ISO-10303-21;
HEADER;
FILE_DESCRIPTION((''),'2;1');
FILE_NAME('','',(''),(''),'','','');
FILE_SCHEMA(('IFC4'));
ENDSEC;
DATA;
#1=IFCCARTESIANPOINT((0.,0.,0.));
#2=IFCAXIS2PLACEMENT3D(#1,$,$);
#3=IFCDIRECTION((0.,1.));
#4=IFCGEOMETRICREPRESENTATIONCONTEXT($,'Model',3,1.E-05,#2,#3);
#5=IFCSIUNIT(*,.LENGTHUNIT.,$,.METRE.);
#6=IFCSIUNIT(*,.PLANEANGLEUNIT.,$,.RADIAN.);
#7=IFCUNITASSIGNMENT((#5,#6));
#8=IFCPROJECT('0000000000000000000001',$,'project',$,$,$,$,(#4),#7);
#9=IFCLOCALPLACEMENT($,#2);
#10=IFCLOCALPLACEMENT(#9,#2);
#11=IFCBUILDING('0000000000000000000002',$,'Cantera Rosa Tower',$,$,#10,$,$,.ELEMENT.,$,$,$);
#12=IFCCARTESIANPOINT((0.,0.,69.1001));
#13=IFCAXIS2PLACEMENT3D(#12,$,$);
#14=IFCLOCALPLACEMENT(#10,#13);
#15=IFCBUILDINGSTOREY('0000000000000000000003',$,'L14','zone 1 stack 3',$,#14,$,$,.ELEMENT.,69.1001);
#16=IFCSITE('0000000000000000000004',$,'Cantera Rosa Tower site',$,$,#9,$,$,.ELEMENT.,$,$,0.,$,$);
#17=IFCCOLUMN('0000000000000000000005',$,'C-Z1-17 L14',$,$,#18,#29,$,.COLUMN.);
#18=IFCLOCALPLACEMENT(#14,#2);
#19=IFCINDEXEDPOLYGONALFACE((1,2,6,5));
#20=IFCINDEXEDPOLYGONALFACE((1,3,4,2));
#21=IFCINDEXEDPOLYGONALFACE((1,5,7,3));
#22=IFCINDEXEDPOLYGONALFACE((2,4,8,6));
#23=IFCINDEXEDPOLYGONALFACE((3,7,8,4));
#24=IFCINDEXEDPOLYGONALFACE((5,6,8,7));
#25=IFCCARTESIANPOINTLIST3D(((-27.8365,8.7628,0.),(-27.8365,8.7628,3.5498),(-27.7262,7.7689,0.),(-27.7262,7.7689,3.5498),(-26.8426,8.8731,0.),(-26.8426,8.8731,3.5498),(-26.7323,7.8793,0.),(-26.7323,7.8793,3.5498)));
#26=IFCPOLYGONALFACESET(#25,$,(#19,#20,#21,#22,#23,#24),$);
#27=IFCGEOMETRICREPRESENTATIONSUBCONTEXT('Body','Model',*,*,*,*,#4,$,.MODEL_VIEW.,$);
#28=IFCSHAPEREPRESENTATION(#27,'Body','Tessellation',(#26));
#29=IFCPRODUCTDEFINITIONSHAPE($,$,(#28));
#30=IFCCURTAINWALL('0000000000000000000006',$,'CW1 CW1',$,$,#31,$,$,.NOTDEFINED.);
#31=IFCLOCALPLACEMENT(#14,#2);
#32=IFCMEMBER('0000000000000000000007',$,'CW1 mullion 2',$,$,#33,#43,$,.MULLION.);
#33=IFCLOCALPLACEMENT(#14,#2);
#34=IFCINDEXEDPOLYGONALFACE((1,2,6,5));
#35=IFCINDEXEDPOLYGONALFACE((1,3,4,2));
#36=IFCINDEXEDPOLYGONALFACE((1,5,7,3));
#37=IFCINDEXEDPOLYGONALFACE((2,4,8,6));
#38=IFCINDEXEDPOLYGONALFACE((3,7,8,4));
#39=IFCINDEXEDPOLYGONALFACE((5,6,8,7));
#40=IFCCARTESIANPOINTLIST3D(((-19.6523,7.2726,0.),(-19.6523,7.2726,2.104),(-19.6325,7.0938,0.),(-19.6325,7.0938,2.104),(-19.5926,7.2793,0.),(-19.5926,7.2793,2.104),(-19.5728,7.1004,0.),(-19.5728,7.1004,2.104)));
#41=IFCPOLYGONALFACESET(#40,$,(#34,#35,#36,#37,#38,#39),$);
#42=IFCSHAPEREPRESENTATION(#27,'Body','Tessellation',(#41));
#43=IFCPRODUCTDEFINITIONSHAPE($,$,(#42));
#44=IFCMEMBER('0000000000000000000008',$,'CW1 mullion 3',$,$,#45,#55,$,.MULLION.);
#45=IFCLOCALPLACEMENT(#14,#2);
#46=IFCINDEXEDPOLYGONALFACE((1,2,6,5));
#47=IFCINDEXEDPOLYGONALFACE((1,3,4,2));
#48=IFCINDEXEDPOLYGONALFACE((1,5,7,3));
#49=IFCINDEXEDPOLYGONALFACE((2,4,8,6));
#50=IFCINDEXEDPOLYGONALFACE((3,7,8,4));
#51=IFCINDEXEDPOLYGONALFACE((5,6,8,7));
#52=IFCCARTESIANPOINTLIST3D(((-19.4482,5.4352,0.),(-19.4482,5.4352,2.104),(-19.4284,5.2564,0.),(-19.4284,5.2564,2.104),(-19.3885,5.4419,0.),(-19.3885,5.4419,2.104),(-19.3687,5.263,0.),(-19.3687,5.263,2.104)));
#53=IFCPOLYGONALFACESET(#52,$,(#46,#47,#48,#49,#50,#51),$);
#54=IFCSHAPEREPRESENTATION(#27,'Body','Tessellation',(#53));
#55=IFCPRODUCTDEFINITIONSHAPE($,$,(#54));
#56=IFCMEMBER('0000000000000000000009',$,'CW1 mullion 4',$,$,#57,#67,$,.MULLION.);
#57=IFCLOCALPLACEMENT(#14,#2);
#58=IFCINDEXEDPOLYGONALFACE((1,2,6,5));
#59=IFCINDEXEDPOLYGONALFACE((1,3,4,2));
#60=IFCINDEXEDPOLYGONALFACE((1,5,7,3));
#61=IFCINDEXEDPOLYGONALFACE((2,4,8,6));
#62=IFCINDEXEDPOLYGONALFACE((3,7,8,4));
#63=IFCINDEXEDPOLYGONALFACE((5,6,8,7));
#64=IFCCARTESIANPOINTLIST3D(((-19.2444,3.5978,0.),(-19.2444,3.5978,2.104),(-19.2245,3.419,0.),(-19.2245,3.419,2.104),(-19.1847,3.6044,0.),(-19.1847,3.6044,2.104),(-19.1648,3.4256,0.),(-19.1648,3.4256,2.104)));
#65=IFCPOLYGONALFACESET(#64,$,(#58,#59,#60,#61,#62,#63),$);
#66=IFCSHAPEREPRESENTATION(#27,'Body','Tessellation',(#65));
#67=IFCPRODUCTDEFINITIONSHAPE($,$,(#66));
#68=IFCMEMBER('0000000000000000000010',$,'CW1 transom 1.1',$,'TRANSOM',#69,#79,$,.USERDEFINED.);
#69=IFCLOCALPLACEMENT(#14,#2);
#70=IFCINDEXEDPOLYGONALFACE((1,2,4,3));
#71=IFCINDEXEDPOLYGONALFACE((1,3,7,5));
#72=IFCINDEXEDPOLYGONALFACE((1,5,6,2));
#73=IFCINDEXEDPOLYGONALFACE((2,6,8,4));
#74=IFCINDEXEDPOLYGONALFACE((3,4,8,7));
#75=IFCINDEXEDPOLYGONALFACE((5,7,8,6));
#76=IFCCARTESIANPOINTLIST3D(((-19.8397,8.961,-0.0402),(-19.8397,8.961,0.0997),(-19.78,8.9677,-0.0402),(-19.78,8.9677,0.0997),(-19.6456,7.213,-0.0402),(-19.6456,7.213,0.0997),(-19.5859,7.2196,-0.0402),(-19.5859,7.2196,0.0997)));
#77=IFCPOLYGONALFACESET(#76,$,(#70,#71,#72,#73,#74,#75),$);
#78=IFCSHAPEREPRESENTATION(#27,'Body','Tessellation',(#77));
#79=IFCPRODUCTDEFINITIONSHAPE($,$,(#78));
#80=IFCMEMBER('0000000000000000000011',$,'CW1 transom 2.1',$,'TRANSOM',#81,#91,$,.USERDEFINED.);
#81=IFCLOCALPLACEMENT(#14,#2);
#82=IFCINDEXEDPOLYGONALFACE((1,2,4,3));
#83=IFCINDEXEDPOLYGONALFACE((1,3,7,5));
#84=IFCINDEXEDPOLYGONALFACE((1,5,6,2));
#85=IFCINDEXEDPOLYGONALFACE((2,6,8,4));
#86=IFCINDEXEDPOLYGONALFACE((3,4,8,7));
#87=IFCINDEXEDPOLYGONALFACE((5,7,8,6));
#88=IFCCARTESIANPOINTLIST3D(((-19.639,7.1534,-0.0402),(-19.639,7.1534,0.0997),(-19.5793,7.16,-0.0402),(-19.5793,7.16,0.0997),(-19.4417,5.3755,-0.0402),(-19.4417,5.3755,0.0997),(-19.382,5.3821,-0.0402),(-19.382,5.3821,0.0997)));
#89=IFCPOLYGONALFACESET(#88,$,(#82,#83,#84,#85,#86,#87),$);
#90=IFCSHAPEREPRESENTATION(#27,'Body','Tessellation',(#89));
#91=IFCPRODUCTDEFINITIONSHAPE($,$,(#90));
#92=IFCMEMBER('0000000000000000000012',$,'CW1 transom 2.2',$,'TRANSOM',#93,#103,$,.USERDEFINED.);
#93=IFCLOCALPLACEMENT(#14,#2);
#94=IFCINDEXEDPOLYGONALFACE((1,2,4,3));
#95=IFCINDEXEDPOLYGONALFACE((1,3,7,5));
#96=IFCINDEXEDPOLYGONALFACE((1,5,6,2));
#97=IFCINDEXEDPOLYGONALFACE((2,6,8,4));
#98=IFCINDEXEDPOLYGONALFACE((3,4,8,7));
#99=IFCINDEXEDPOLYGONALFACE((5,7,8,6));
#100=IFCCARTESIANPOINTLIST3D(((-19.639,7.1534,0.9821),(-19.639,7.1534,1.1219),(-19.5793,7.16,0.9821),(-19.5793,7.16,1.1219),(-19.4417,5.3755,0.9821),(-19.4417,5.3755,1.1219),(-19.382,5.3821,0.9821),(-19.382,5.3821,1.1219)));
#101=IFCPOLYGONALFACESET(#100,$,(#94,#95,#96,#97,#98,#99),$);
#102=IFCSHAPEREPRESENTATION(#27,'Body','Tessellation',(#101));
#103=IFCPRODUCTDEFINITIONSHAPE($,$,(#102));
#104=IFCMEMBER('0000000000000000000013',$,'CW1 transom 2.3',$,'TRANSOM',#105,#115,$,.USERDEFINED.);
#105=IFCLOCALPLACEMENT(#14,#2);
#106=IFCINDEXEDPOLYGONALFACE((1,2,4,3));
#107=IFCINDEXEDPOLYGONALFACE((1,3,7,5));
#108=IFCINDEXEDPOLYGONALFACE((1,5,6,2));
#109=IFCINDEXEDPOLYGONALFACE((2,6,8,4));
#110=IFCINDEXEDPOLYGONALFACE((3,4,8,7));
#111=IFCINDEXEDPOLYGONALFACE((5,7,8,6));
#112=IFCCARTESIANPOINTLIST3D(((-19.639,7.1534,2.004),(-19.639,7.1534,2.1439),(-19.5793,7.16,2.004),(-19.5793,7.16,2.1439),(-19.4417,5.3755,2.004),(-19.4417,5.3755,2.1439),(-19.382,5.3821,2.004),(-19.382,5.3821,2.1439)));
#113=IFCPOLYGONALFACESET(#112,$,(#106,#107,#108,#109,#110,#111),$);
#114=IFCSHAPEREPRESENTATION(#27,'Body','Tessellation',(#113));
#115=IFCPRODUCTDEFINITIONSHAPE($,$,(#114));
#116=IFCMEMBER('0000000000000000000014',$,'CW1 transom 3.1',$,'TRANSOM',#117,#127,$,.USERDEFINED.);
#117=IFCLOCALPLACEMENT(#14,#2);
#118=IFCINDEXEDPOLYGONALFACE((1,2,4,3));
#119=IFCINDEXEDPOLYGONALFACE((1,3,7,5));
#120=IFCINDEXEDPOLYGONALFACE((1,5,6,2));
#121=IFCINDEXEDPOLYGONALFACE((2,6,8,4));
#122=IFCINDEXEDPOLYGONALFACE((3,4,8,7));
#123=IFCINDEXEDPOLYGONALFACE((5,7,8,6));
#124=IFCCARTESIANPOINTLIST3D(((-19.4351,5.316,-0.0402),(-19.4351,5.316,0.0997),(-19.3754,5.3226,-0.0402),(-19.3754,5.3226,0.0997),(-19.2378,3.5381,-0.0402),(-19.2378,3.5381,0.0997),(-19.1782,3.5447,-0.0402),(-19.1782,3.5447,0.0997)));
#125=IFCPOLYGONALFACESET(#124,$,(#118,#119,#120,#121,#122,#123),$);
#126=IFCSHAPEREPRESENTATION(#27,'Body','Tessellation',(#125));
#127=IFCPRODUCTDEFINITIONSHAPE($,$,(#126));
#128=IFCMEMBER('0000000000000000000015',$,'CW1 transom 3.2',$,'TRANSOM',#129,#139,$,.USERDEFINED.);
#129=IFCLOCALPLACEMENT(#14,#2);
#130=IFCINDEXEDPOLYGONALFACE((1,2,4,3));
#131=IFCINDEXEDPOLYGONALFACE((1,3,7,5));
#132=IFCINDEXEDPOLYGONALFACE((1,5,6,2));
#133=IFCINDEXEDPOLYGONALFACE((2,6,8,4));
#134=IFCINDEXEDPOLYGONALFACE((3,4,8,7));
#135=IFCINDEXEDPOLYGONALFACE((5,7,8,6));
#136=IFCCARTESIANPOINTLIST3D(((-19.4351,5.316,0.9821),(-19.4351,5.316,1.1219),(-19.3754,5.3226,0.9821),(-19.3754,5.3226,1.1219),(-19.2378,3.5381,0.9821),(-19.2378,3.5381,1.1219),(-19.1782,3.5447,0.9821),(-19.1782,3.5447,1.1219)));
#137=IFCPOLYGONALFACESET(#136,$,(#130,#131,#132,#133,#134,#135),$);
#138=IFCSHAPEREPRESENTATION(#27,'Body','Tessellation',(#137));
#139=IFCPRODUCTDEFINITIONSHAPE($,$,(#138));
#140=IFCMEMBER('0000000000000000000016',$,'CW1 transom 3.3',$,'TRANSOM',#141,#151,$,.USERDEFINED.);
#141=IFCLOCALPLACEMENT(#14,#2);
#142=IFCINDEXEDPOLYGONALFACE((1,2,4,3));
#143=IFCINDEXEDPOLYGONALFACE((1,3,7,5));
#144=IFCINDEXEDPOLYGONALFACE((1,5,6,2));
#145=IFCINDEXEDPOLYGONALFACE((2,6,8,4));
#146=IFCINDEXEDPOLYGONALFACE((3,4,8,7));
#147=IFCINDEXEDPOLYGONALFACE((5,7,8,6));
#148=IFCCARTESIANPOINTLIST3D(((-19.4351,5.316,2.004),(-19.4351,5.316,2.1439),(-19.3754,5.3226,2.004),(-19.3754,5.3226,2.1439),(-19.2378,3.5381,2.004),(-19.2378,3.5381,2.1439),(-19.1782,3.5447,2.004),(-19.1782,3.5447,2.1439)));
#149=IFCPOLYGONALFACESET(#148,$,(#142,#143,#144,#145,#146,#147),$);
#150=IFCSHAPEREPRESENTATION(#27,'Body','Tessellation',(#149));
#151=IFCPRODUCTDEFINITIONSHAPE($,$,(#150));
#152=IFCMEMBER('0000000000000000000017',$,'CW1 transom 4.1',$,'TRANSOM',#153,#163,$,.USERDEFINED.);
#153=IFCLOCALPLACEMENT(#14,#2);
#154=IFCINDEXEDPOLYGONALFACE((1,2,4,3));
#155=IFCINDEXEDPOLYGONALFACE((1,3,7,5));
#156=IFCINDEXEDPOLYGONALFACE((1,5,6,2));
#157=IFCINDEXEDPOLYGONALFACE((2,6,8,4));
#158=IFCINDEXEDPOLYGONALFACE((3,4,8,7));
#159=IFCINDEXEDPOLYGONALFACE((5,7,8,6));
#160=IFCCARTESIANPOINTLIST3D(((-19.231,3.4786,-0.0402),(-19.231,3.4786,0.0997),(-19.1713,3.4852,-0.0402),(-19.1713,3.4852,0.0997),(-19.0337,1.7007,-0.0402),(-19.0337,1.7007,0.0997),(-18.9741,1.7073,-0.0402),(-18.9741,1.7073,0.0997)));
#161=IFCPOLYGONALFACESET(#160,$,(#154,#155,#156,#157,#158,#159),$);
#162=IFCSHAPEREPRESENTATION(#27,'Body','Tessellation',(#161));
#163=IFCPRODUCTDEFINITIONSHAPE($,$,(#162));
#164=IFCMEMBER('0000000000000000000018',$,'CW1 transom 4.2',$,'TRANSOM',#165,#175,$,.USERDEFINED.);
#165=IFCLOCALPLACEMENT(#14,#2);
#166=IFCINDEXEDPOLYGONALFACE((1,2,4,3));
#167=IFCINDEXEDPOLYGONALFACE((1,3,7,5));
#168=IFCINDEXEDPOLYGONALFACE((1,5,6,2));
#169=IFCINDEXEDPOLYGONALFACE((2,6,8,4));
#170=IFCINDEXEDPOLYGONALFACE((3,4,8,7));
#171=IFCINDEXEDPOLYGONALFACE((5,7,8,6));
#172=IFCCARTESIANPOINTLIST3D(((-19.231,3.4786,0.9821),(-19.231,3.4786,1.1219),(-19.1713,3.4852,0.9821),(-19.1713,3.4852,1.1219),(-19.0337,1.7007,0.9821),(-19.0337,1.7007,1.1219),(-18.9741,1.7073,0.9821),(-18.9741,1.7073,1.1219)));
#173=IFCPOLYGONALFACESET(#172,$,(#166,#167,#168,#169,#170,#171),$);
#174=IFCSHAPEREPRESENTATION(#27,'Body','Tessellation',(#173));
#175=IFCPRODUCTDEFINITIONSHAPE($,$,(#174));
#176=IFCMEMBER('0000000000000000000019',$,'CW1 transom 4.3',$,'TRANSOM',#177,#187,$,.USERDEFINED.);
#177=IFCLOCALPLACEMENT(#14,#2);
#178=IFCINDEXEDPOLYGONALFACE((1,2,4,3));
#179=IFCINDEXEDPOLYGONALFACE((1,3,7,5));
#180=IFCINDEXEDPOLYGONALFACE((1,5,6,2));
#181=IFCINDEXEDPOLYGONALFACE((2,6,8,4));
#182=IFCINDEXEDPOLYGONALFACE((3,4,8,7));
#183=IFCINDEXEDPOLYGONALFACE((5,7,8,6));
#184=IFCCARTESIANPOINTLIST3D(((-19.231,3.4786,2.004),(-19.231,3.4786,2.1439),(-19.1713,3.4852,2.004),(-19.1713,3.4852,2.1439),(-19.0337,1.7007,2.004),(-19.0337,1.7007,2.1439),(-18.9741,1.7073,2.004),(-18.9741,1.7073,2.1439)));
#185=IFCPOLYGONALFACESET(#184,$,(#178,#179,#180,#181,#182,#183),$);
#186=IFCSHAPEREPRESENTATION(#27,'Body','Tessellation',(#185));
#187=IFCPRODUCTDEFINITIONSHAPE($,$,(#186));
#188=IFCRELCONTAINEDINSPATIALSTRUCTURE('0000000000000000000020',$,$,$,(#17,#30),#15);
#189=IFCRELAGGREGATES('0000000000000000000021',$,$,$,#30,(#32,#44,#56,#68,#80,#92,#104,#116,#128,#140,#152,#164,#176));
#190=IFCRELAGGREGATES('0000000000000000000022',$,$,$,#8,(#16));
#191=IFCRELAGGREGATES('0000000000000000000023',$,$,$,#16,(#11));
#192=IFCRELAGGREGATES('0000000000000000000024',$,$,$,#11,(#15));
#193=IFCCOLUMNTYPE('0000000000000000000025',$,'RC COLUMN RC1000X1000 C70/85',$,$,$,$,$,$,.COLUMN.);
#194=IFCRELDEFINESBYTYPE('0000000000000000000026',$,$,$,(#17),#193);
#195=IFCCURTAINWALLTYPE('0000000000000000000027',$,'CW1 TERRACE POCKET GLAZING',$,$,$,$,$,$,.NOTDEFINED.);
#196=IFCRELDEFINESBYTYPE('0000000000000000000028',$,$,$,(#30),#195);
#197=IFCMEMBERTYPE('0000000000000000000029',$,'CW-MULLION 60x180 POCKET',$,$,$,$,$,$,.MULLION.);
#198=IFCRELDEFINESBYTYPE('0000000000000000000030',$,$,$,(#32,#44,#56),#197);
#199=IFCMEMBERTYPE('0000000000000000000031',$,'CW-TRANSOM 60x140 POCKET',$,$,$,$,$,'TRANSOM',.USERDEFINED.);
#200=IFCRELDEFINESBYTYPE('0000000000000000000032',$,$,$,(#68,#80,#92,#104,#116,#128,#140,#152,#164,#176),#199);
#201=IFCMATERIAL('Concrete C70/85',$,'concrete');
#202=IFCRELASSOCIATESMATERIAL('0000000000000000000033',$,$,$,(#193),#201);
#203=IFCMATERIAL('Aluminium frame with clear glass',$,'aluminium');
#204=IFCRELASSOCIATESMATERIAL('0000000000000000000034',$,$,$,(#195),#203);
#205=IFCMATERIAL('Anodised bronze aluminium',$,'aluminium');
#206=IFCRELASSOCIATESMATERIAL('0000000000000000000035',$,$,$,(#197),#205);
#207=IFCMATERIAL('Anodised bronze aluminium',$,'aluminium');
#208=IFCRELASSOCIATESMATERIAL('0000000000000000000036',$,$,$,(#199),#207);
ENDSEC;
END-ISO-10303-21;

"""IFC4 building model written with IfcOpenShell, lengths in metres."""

from ifc_helpers import new_model, si_unit, direction, frame, origin, origin_2d, place, context, subcontext, project, spatial, rectangle, extrude, material, material_profile, profile_set, type_object, element, aggregate, save


model = new_model("IFC4")

# Units and contexts
model_context = context("Model", 3, precision=1e-05, world=origin(), true_north=direction((0.0, 1.0)))
body_context = subcontext(model_context, "Body", "Model", "MODEL_VIEW")
ifc_project = project(units=[si_unit("LENGTHUNIT", "METRE"), si_unit("PLANEANGLEUNIT", "RADIAN")], contexts=[model_context])

# Site, building, storey
site_placement = place(None, origin())
site = spatial("IfcSite", under=ifc_project, at=site_placement, Name="Cantera Rosa Tower site", CompositionType="ELEMENT", RefElevation=0.0)
building_placement = place(site_placement, origin())
building = spatial("IfcBuilding", under=site, at=building_placement, Name="Cantera Rosa Tower", CompositionType="ELEMENT")
storey_placement = place(building_placement, frame((0.0, 0.0, 69.1001)))
storey = spatial("IfcBuildingStorey", under=building, at=storey_placement, Name="L14", Description="zone 1 stack 3", CompositionType="ELEMENT", Elevation=69.1001)

# Column
ifc_material_1 = material(Name="Concrete C70/85", Category="concrete")
ifc_material_profile_1 = material_profile(ifc_material_1, rectangle(XDim=1.0, YDim=1.0, at=origin_2d()), Name="RC COLUMN RC1000X1000 C70/85")
ifc_profile_set_1 = profile_set([ifc_material_profile_1], Name="Concrete C70/85")
column_type = type_object("IfcColumnType", Name="RC COLUMN RC1000X1000 C70/85", PredefinedType="COLUMN", material=ifc_profile_set_1)
column_placement = place(storey_placement, frame((-27.2844, 8.321, 0.0), z_axis=(0.0, 0.0, 1.0), x_axis=(0.993897, 0.110313, 0.0)))
element("IfcColumn", 1, at=column_placement, inside=storey, type_object=column_type, Name="C-Z1-17 L14", PredefinedType="COLUMN", context=body_context, shape_type="SweptSolid", body=[
    extrude(rectangle(XDim=1.0, YDim=1.0, at=origin_2d()), origin(), (0.0, 0.0, 1.0), 3.5498),
])

# Curtain wall, members
ifc_material_2 = material(Name="Aluminium frame with clear glass", Category="aluminium")
curtain_wall_type = type_object("IfcCurtainWallType", Name="CW1 TERRACE POCKET GLAZING", PredefinedType="NOTDEFINED", material=ifc_material_2)
curtain_wall_placement = place(storey_placement, origin())
curtain_wall = element("IfcCurtainWall", 2, at=curtain_wall_placement, inside=storey, type_object=curtain_wall_type, Name="CW1 CW1", PredefinedType="NOTDEFINED")
ifc_material_3 = material(Name="Anodised bronze aluminium", Category="aluminium")
ifc_material_profile_2 = material_profile(ifc_material_3, rectangle(XDim=0.0601, YDim=0.1799, at=origin_2d()), Name="CW-MULLION 60x180 POCKET")
ifc_profile_set_2 = profile_set([ifc_material_profile_2], Name="Anodised bronze aluminium")
member_type_1 = type_object("IfcMemberType", Name="CW-MULLION 60x180 POCKET", PredefinedType="MULLION", material=ifc_profile_set_2)
member_1_placement = place(storey_placement, frame((-19.6125, 7.1865, 0.0), z_axis=(0.0, 0.0, 1.0), x_axis=(0.993897, 0.110313, 0.0)))
member_1 = element("IfcMember", 3, at=member_1_placement, type_object=member_type_1, Name="CW1 mullion 2", PredefinedType="MULLION", context=body_context, shape_type="SweptSolid", body=[
    extrude(rectangle(XDim=0.0601, YDim=0.1799, at=origin_2d()), origin(), (0.0, 0.0, 1.0), 2.104),
])
member_2_placement = place(storey_placement, frame((-19.4084, 5.3491, 0.0), z_axis=(0.0, 0.0, 1.0), x_axis=(0.993897, 0.110313, 0.0)))
member_2 = element("IfcMember", 4, at=member_2_placement, type_object=member_type_1, Name="CW1 mullion 3", PredefinedType="MULLION", context=body_context, shape_type="SweptSolid", body=[
    extrude(rectangle(XDim=0.0601, YDim=0.1799, at=origin_2d()), origin(), (0.0, 0.0, 1.0), 2.104),
])
member_3_placement = place(storey_placement, frame((-19.2046, 3.5117, 0.0), z_axis=(0.0, 0.0, 1.0), x_axis=(0.993897, 0.110313, 0.0)))
member_3 = element("IfcMember", 5, at=member_3_placement, type_object=member_type_1, Name="CW1 mullion 4", PredefinedType="MULLION", context=body_context, shape_type="SweptSolid", body=[
    extrude(rectangle(XDim=0.0601, YDim=0.1799, at=origin_2d()), origin(), (0.0, 0.0, 1.0), 2.104),
])
ifc_material_4 = material(Name="Anodised bronze aluminium", Category="aluminium")
ifc_material_profile_3 = material_profile(ifc_material_4, rectangle(XDim=0.0601, YDim=0.1399, at=origin_2d()), Name="CW-TRANSOM 60x140 POCKET")
ifc_profile_set_3 = profile_set([ifc_material_profile_3], Name="Anodised bronze aluminium")
member_type_2 = type_object("IfcMemberType", Name="CW-TRANSOM 60x140 POCKET", ElementType="TRANSOM", PredefinedType="USERDEFINED", material=ifc_profile_set_3)
member_4_placement = place(storey_placement, frame((-19.8098, 8.9644, 0.0298), z_axis=(0.110355, -0.993892, 0.0), x_axis=(0.993892, 0.110355, 0.0)))
member_4 = element("IfcMember", 6, at=member_4_placement, type_object=member_type_2, Name="CW1 transom 1.1", ObjectType="TRANSOM", PredefinedType="USERDEFINED", context=body_context, shape_type="SweptSolid", body=[
    extrude(rectangle(XDim=0.0601, YDim=0.1399, at=origin_2d()), origin(), (0.0, 0.0, 1.0), 1.7588),
])
member_5_placement = place(storey_placement, frame((-19.6091, 7.1567, 0.0298), z_axis=(0.110282, -0.9939, 0.0), x_axis=(0.9939, 0.110282, 0.0)))
member_5 = element("IfcMember", 7, at=member_5_placement, type_object=member_type_2, Name="CW1 transom 2.1", ObjectType="TRANSOM", PredefinedType="USERDEFINED", context=body_context, shape_type="SweptSolid", body=[
    extrude(rectangle(XDim=0.0601, YDim=0.1399, at=origin_2d()), origin(), (0.0, 0.0, 1.0), 1.7888),
])
member_6_placement = place(storey_placement, frame((-19.6091, 7.1567, 1.052), z_axis=(0.110282, -0.9939, 0.0), x_axis=(0.9939, 0.110282, 0.0)))
member_6 = element("IfcMember", 8, at=member_6_placement, type_object=member_type_2, Name="CW1 transom 2.2", ObjectType="TRANSOM", PredefinedType="USERDEFINED", context=body_context, shape_type="SweptSolid", body=[
    extrude(rectangle(XDim=0.0601, YDim=0.1399, at=origin_2d()), origin(), (0.0, 0.0, 1.0), 1.7888),
])
member_7_placement = place(storey_placement, frame((-19.6091, 7.1567, 2.074), z_axis=(0.110282, -0.9939, 0.0), x_axis=(0.9939, 0.110282, 0.0)))
member_7 = element("IfcMember", 9, at=member_7_placement, type_object=member_type_2, Name="CW1 transom 2.3", ObjectType="TRANSOM", PredefinedType="USERDEFINED", context=body_context, shape_type="SweptSolid", body=[
    extrude(rectangle(XDim=0.0601, YDim=0.1399, at=origin_2d()), origin(), (0.0, 0.0, 1.0), 1.7888),
])
member_8_placement = place(storey_placement, frame((-19.4053, 5.3193, 0.0298), z_axis=(0.110282, -0.9939, 0.0), x_axis=(0.9939, 0.110282, 0.0)))
member_8 = element("IfcMember", 10, at=member_8_placement, type_object=member_type_2, Name="CW1 transom 3.1", ObjectType="TRANSOM", PredefinedType="USERDEFINED", context=body_context, shape_type="SweptSolid", body=[
    extrude(rectangle(XDim=0.0601, YDim=0.1399, at=origin_2d()), origin(), (0.0, 0.0, 1.0), 1.7888),
])
member_9_placement = place(storey_placement, frame((-19.4053, 5.3193, 1.052), z_axis=(0.110282, -0.9939, 0.0), x_axis=(0.9939, 0.110282, 0.0)))
member_9 = element("IfcMember", 11, at=member_9_placement, type_object=member_type_2, Name="CW1 transom 3.2", ObjectType="TRANSOM", PredefinedType="USERDEFINED", context=body_context, shape_type="SweptSolid", body=[
    extrude(rectangle(XDim=0.0601, YDim=0.1399, at=origin_2d()), origin(), (0.0, 0.0, 1.0), 1.7888),
])
member_10_placement = place(storey_placement, frame((-19.4053, 5.3193, 2.074), z_axis=(0.110282, -0.9939, 0.0), x_axis=(0.9939, 0.110282, 0.0)))
member_10 = element("IfcMember", 12, at=member_10_placement, type_object=member_type_2, Name="CW1 transom 3.3", ObjectType="TRANSOM", PredefinedType="USERDEFINED", context=body_context, shape_type="SweptSolid", body=[
    extrude(rectangle(XDim=0.0601, YDim=0.1399, at=origin_2d()), origin(), (0.0, 0.0, 1.0), 1.7888),
])
member_11_placement = place(storey_placement, frame((-19.2012, 3.4819, 0.0298), z_axis=(0.110282, -0.9939, 0.0), x_axis=(0.9939, 0.110282, 0.0)))
member_11 = element("IfcMember", 13, at=member_11_placement, type_object=member_type_2, Name="CW1 transom 4.1", ObjectType="TRANSOM", PredefinedType="USERDEFINED", context=body_context, shape_type="SweptSolid", body=[
    extrude(rectangle(XDim=0.0601, YDim=0.1399, at=origin_2d()), origin(), (0.0, 0.0, 1.0), 1.7888),
])
member_12_placement = place(storey_placement, frame((-19.2012, 3.4819, 1.052), z_axis=(0.110282, -0.9939, 0.0), x_axis=(0.9939, 0.110282, 0.0)))
member_12 = element("IfcMember", 14, at=member_12_placement, type_object=member_type_2, Name="CW1 transom 4.2", ObjectType="TRANSOM", PredefinedType="USERDEFINED", context=body_context, shape_type="SweptSolid", body=[
    extrude(rectangle(XDim=0.0601, YDim=0.1399, at=origin_2d()), origin(), (0.0, 0.0, 1.0), 1.7888),
])
member_13_placement = place(storey_placement, frame((-19.2012, 3.4819, 2.074), z_axis=(0.110282, -0.9939, 0.0), x_axis=(0.9939, 0.110282, 0.0)))
member_13 = element("IfcMember", 15, at=member_13_placement, type_object=member_type_2, Name="CW1 transom 4.3", ObjectType="TRANSOM", PredefinedType="USERDEFINED", context=body_context, shape_type="SweptSolid", body=[
    extrude(rectangle(XDim=0.0601, YDim=0.1399, at=origin_2d()), origin(), (0.0, 0.0, 1.0), 1.7888),
])

aggregate(curtain_wall, [member_1, member_2, member_3, member_4, member_5, member_6, member_7, member_8, member_9, member_10, member_11, member_12, member_13])

save(model, "model.ifc")
